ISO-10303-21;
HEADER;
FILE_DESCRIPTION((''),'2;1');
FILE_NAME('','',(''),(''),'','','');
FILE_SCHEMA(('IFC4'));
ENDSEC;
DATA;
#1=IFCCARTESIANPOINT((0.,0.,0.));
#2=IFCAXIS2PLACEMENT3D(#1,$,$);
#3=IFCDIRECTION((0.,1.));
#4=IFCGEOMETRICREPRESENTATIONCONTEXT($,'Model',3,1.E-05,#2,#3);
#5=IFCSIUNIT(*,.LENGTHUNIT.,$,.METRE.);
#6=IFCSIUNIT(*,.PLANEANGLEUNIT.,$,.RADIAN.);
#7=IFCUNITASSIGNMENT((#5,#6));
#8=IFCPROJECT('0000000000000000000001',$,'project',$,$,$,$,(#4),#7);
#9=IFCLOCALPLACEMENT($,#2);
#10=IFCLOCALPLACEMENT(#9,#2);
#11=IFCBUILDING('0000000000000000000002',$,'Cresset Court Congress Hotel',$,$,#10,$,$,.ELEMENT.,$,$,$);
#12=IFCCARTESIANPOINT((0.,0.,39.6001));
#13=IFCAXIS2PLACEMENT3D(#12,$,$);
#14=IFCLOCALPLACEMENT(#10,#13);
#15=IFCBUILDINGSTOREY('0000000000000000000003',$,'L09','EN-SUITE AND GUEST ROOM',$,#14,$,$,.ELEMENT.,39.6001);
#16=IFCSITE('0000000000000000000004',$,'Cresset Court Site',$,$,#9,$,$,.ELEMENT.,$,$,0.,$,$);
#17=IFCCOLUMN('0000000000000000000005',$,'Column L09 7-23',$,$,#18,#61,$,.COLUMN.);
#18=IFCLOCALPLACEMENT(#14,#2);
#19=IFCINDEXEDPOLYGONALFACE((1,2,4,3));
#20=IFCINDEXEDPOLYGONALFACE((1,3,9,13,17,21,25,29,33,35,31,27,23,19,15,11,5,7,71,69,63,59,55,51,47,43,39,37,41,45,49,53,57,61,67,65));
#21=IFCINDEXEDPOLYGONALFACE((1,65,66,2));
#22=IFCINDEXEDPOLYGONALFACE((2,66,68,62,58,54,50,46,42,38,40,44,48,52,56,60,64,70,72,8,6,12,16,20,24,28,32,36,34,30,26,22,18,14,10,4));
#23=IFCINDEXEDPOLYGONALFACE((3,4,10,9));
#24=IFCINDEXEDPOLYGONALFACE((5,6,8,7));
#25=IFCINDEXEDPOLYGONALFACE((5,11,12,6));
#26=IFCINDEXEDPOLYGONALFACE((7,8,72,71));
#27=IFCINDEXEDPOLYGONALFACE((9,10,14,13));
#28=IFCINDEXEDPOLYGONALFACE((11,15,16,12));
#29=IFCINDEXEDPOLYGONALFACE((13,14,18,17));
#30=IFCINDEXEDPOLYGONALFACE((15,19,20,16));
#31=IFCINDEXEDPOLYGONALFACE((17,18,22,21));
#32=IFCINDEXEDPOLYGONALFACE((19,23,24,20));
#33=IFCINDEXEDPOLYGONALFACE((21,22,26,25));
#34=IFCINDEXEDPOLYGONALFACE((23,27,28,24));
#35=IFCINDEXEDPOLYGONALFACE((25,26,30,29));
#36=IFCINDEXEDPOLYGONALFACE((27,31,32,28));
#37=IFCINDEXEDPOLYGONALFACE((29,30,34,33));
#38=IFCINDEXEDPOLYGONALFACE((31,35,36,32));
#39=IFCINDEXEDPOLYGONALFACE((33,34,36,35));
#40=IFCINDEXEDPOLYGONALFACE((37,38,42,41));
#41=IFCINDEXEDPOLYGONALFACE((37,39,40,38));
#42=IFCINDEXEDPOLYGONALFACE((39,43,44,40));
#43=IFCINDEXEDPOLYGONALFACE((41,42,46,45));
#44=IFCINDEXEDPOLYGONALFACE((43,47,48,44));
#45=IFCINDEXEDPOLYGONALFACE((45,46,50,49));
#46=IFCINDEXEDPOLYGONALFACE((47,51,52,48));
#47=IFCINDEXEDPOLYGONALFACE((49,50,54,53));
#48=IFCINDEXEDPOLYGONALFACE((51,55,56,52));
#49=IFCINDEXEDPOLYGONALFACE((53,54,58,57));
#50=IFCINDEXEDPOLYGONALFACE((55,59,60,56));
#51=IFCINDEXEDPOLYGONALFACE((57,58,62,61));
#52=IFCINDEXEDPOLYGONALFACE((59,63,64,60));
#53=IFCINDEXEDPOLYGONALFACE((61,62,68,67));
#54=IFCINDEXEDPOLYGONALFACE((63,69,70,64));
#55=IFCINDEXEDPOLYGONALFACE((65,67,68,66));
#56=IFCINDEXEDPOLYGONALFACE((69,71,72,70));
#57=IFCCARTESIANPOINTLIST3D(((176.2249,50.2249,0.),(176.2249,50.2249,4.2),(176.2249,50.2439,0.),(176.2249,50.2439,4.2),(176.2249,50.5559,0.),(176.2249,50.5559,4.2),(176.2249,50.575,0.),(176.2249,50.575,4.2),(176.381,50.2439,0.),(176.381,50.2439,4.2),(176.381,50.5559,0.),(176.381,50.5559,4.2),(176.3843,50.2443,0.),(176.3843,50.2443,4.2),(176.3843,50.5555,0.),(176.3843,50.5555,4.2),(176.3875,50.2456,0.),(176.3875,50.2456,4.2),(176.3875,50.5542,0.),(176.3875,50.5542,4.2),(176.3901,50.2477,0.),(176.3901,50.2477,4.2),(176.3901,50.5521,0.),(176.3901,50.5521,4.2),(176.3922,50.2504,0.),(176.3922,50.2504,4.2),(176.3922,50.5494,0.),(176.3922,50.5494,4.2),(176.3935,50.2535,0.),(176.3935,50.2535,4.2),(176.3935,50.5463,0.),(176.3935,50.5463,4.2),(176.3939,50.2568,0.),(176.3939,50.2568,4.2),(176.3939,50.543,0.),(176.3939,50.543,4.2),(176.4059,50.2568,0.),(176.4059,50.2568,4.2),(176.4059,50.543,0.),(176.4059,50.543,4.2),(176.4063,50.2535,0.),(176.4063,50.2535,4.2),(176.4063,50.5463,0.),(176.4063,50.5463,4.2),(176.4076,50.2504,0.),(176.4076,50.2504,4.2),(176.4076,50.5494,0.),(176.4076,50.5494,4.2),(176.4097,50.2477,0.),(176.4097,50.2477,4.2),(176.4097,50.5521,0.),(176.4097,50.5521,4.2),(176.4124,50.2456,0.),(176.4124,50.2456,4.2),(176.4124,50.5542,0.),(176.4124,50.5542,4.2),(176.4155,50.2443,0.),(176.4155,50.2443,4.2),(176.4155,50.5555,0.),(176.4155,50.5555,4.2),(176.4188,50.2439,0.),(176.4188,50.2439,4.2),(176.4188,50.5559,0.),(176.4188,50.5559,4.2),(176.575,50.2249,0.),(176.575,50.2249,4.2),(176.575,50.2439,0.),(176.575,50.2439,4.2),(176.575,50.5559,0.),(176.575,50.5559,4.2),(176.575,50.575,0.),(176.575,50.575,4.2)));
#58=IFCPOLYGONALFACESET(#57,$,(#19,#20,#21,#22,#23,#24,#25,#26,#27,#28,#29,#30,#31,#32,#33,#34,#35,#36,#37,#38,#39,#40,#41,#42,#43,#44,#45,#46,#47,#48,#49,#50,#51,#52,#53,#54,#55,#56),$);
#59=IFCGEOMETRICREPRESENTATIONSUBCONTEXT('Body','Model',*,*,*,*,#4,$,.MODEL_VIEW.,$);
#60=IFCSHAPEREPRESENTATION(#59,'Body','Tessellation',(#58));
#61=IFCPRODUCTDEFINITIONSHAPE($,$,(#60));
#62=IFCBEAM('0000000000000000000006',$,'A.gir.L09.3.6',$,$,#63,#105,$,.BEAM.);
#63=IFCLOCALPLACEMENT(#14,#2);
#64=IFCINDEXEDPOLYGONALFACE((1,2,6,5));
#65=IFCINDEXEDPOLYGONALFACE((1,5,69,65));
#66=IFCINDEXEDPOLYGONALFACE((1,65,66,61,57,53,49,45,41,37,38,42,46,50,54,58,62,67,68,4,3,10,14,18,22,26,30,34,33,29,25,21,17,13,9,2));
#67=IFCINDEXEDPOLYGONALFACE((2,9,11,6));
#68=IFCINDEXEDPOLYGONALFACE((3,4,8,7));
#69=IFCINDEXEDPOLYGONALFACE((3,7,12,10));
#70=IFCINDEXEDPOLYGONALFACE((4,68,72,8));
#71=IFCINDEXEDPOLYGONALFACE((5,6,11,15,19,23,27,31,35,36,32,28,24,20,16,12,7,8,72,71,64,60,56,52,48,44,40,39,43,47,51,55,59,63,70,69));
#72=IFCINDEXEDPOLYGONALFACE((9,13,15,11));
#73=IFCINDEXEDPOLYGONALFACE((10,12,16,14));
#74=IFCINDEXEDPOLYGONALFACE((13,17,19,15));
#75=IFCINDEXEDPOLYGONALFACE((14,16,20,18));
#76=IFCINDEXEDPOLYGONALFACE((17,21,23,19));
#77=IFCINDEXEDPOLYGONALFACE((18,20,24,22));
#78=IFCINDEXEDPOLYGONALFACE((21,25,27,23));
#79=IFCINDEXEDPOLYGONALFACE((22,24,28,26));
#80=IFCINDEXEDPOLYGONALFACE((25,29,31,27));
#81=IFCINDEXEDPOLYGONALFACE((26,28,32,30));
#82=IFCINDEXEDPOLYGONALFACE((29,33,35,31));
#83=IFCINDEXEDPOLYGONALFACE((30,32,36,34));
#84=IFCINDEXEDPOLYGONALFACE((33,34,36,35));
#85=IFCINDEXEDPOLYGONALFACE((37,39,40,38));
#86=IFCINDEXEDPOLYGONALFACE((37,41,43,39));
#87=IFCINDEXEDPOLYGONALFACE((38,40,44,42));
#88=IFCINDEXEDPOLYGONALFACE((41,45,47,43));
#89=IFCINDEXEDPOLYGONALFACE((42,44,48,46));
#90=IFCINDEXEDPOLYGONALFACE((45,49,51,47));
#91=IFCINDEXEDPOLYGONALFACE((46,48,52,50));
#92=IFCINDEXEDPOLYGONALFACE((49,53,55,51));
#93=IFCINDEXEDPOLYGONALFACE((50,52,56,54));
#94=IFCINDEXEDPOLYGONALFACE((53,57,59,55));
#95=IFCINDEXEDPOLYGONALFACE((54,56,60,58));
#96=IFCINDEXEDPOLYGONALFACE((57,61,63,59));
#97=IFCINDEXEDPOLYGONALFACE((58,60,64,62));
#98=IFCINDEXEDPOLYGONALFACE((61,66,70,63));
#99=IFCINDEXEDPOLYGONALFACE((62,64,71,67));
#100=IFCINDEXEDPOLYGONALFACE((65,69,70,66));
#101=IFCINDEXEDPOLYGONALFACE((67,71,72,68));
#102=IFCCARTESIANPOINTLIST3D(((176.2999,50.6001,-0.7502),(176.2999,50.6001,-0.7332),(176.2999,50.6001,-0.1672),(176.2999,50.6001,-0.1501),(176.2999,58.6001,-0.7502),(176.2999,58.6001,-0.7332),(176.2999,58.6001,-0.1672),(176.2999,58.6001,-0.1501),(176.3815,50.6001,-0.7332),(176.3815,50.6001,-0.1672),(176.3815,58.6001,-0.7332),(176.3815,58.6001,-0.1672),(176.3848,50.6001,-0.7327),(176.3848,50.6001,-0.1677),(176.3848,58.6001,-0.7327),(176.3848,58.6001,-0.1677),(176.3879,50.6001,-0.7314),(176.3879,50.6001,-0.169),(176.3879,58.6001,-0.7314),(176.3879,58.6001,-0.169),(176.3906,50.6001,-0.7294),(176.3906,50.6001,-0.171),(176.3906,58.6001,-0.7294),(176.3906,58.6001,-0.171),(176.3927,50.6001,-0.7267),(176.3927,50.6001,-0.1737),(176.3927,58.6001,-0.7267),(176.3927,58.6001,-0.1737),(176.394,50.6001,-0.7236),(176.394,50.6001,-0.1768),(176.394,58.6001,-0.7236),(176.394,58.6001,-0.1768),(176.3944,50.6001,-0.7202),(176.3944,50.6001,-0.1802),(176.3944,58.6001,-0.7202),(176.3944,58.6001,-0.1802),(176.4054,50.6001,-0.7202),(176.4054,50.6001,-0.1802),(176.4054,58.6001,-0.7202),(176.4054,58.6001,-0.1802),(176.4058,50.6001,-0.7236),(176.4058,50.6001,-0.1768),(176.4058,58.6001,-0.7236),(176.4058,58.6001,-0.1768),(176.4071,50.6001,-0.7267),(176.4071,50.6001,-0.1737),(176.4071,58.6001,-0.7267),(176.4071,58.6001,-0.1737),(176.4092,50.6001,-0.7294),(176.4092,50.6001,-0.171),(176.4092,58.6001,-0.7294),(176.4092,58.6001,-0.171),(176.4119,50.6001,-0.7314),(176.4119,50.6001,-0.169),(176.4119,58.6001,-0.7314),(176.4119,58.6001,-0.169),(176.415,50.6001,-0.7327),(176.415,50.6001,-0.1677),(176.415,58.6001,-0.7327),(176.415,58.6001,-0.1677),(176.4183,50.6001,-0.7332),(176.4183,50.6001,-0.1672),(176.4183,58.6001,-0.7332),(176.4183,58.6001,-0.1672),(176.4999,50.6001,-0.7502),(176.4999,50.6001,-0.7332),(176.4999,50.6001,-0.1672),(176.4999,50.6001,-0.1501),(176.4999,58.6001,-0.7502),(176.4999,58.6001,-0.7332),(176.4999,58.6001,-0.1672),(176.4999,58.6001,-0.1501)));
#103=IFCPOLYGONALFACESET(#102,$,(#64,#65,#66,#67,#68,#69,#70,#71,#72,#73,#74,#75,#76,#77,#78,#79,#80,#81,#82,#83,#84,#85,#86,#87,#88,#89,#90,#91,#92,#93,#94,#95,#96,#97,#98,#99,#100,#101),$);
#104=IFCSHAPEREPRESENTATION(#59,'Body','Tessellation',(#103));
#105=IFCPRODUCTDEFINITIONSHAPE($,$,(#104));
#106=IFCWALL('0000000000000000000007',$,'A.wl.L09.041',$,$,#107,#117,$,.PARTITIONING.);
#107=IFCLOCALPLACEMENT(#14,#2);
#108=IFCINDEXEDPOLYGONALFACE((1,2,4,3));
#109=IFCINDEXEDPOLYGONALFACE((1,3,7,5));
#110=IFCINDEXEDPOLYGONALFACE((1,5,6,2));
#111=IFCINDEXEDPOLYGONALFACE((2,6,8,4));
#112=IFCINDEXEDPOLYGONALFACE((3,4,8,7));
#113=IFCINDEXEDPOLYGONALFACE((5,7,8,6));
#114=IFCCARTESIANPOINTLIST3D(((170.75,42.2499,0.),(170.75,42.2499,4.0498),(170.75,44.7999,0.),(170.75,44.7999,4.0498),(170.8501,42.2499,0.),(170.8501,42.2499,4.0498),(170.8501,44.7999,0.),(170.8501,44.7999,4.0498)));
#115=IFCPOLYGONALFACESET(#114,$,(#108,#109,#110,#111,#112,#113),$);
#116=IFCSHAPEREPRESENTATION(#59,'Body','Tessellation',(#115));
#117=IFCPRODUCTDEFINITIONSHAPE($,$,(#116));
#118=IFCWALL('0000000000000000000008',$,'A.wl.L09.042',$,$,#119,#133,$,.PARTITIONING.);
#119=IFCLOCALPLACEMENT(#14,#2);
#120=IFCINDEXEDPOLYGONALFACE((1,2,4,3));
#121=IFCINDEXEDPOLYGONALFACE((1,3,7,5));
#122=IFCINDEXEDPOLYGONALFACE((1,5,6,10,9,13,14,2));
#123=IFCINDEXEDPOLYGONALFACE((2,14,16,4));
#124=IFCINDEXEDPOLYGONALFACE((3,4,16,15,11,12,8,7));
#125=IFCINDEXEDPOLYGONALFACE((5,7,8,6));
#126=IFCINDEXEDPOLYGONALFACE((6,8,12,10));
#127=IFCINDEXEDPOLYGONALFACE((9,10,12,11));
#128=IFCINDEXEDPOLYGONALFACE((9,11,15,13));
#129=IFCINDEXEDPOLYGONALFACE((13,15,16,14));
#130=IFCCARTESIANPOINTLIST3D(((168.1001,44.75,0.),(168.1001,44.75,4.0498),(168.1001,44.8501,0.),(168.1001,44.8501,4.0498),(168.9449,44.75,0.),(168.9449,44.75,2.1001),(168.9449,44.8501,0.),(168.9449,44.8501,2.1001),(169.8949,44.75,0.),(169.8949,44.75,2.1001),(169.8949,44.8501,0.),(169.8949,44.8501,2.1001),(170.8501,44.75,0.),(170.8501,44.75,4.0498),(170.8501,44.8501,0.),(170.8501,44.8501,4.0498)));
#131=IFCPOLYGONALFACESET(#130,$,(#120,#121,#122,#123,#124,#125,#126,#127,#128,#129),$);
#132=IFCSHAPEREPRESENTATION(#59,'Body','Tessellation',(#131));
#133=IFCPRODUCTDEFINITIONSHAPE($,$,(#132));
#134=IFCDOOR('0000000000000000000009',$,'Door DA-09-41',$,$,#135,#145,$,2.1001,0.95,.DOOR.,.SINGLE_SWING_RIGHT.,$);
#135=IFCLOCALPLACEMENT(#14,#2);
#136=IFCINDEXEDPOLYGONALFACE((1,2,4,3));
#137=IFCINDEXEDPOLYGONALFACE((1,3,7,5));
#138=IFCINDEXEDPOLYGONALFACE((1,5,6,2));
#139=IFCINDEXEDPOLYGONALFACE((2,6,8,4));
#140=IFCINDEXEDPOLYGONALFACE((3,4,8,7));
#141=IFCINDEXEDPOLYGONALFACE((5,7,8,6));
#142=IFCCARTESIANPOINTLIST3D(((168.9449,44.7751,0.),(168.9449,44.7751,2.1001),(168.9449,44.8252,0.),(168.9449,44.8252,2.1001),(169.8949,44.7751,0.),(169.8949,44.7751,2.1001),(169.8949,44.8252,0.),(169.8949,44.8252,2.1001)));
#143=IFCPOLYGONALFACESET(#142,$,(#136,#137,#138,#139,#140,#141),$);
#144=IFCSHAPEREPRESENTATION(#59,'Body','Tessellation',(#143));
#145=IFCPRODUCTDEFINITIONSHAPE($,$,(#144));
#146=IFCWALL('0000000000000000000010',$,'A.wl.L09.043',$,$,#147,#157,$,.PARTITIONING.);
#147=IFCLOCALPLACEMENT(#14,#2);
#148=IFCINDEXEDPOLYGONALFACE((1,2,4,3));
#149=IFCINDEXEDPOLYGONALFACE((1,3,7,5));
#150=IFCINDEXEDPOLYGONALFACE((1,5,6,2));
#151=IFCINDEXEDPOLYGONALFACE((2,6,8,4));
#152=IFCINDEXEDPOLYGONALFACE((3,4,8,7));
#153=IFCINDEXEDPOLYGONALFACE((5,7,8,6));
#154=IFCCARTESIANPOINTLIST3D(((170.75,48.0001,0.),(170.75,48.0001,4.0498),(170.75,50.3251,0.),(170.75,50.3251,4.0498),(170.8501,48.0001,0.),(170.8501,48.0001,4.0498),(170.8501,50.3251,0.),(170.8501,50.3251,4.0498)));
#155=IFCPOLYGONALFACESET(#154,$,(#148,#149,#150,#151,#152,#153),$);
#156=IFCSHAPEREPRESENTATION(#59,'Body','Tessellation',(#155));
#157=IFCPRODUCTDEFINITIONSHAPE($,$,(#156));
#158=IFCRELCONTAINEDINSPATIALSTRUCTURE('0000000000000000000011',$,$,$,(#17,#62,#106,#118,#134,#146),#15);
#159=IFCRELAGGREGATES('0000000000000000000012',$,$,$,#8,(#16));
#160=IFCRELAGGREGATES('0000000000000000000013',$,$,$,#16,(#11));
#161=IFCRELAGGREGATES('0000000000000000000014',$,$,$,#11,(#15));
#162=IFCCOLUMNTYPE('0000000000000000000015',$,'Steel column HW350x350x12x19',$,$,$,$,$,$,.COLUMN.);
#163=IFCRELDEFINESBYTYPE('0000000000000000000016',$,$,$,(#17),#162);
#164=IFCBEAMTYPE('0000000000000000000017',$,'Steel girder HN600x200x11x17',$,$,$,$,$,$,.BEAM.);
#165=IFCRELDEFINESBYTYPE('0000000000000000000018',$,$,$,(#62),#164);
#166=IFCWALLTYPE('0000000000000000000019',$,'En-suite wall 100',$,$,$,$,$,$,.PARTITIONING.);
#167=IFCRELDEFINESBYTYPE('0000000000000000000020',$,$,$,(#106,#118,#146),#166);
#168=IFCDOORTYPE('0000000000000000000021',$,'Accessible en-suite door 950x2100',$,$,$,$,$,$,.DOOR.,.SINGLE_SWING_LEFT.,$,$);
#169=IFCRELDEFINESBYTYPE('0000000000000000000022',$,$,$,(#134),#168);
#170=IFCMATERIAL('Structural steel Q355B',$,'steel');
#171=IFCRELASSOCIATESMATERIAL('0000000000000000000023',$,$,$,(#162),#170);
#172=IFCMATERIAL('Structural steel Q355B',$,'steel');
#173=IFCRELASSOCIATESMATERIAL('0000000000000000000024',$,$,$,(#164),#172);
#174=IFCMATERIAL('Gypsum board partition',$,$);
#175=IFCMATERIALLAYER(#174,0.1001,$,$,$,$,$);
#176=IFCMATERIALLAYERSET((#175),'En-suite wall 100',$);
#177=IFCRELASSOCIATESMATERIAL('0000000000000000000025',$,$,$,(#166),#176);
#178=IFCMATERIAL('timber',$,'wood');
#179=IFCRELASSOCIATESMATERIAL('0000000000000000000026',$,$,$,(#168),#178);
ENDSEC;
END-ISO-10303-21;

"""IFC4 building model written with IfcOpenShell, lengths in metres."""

from ifc_helpers import new_model, si_unit, direction, frame, frame_2d, origin, origin_2d, place, context, subcontext, project, spatial, rectangle, i_section, extrude, material, layer, layer_set, material_profile, profile_set, type_object, element, fill, save


model = new_model("IFC4")

# Units and contexts
model_context = context("Model", 3, precision=1e-05, world=origin(), true_north=direction((0.0, 1.0)))
body_context = subcontext(model_context, "Body", "Model", "MODEL_VIEW")
ifc_project = project(units=[si_unit("LENGTHUNIT", "METRE"), si_unit("PLANEANGLEUNIT", "RADIAN")], contexts=[model_context])

# Site, building, storey
site_placement = place(None, origin())
site = spatial("IfcSite", under=ifc_project, at=site_placement, Name="Cresset Court Site", CompositionType="ELEMENT", RefElevation=0.0)
building_placement = place(site_placement, origin())
building = spatial("IfcBuilding", under=site, at=building_placement, Name="Cresset Court Congress Hotel", CompositionType="ELEMENT")
storey_placement = place(building_placement, frame((0.0, 0.0, 39.6001)))
storey = spatial("IfcBuildingStorey", under=building, at=storey_placement, Name="L09", Description="EN-SUITE AND GUEST ROOM", CompositionType="ELEMENT", Elevation=39.6001)

# Column
ifc_material_1 = material(Name="Structural steel Q355B", Category="steel")
ifc_material_profile_1 = material_profile(ifc_material_1, i_section(OverallWidth=0.3501, OverallDepth=0.3501, WebThickness=0.012, FlangeThickness=0.019, FilletRadius=0.0129, at=origin_2d()), Name="HW350x350x12x19")
ifc_profile_set_1 = profile_set([ifc_material_profile_1], Name="Structural steel Q355B")
column_type = type_object("IfcColumnType", Name="Steel column HW350x350x12x19", PredefinedType="COLUMN", material=ifc_profile_set_1)
column_placement = place(storey_placement, frame((176.3999, 50.3999, 0.0), z_axis=(0.0, 0.0, 1.0), x_axis=(1.0, 0.0, 0.0)))
element("IfcColumn", 1, at=column_placement, inside=storey, type_object=column_type, Name="Column L09 7-23", PredefinedType="COLUMN", context=body_context, shape_type="SweptSolid", body=[
    extrude(i_section(OverallWidth=0.3501, OverallDepth=0.3501, WebThickness=0.012, FlangeThickness=0.019, FilletRadius=0.0129, at=origin_2d()), origin(), (0.0, 0.0, 1.0), 4.2),
])

# Beam
ifc_material_2 = material(Name="Structural steel Q355B", Category="steel")
ifc_material_profile_2 = material_profile(ifc_material_2, i_section(OverallWidth=0.2, OverallDepth=0.6001, WebThickness=0.011, FlangeThickness=0.0171, FilletRadius=0.0129, at=origin_2d()), Name="HN600x200x11x17")
ifc_profile_set_2 = profile_set([ifc_material_profile_2], Name="Structural steel Q355B")
beam_type = type_object("IfcBeamType", Name="Steel girder HN600x200x11x17", PredefinedType="BEAM", material=ifc_profile_set_2)
beam_placement = place(storey_placement, frame((176.3999, 50.6001, -0.4502), z_axis=(0.0, 1.0, 0.0), x_axis=(-1.0, 0.0, 0.0)))
element("IfcBeam", 2, at=beam_placement, inside=storey, type_object=beam_type, Name="A.gir.L09.3.6", PredefinedType="BEAM", context=body_context, shape_type="SweptSolid", body=[
    extrude(i_section(OverallWidth=0.2, OverallDepth=0.6001, WebThickness=0.011, FlangeThickness=0.0171, FilletRadius=0.0129, at=origin_2d()), origin(), (0.0, 0.0, 1.0), 8.0),
])

# Wall
ifc_material_3 = material(Name="Gypsum board partition")
ifc_layer_1 = layer(ifc_material_3, 0.1001)
ifc_layer_set_1 = layer_set([ifc_layer_1], Name="En-suite wall 100")
wall_type_1 = type_object("IfcWallType", Name="En-suite wall 100", PredefinedType="PARTITIONING", material=ifc_layer_set_1)
wall_1_placement = place(storey_placement, frame((170.8, 42.25, 0.0), z_axis=(0.0, 0.0, 1.0), x_axis=(0.0, 1.0, 0.0)))
element("IfcWall", 3, at=wall_1_placement, inside=storey, type_object=wall_type_1, Name="A.wl.L09.041", PredefinedType="PARTITIONING", context=body_context, shape_type="SweptSolid", body=[
    extrude(rectangle(XDim=2.55, YDim=0.1001, at=frame_2d((1.2749, 0.0))), origin(), (0.0, 0.0, 1.0), 4.0498),
])

# Wall, opening, door
wall_2_placement = place(storey_placement, frame((170.8501, 44.8, 0.0), z_axis=(0.0, 0.0, 1.0), x_axis=(-1.0, 0.0, 0.0)))
wall_2 = element("IfcWall", 4, at=wall_2_placement, inside=storey, type_object=wall_type_1, Name="A.wl.L09.042", PredefinedType="PARTITIONING", context=body_context, shape_type="SweptSolid", body=[
    extrude(rectangle(XDim=2.75, YDim=0.1001, at=frame_2d((1.375, 0.0))), origin(), (0.0, 0.0, 1.0), 4.0498),
])
opening_1_placement = place(wall_2_placement, frame((0.9551, 0.0, 0.0)))
opening_1 = element("IfcOpeningElement", 5, at=opening_1_placement, cuts=wall_2, PredefinedType="OPENING", context=body_context, shape_type="SweptSolid", body=[
    extrude(rectangle(XDim=0.95, YDim=2.1001, at=frame_2d((0.4751, 1.05))), frame((0.0, 0.0601, 0.0), z_axis=(0.0, -1.0, 0.0), x_axis=(1.0, 0.0, 0.0)), (0.0, 0.0, 1.0), 0.1201),
])
ifc_material_4 = material(Name="timber", Category="wood")
door_type_1 = type_object("IfcDoorType", Name="Accessible en-suite door 950x2100", OperationType="SINGLE_SWING_LEFT", PredefinedType="DOOR", material=ifc_material_4)
door_1_placement = place(opening_1_placement, origin())
door_1 = element("IfcDoor", 6, at=door_1_placement, inside=storey, type_object=door_type_1, Name="Door DA-09-41", OperationType="SINGLE_SWING_RIGHT", OverallHeight=2.1001, OverallWidth=0.95, PredefinedType="DOOR", context=body_context, shape_type="SweptSolid", body=[
    extrude(rectangle(XDim=0.95, YDim=2.1001, at=frame_2d((0.4751, 1.05))), frame((0.0, 0.0249, 0.0), z_axis=(0.0, -1.0, 0.0), x_axis=(1.0, 0.0, 0.0)), (0.0, 0.0, 1.0), 0.05),
])
fill(opening_1, door_1)

# Wall
wall_3_placement = place(storey_placement, frame((170.8, 48.0, 0.0), z_axis=(0.0, 0.0, 1.0), x_axis=(0.0, 1.0, 0.0)))
element("IfcWall", 7, at=wall_3_placement, inside=storey, type_object=wall_type_1, Name="A.wl.L09.043", PredefinedType="PARTITIONING", context=body_context, shape_type="SweptSolid", body=[
    extrude(rectangle(XDim=2.325, YDim=0.1001, at=frame_2d((1.1626, 0.0))), origin(), (0.0, 0.0, 1.0), 4.0498),
])

save(model, "model.ifc")
